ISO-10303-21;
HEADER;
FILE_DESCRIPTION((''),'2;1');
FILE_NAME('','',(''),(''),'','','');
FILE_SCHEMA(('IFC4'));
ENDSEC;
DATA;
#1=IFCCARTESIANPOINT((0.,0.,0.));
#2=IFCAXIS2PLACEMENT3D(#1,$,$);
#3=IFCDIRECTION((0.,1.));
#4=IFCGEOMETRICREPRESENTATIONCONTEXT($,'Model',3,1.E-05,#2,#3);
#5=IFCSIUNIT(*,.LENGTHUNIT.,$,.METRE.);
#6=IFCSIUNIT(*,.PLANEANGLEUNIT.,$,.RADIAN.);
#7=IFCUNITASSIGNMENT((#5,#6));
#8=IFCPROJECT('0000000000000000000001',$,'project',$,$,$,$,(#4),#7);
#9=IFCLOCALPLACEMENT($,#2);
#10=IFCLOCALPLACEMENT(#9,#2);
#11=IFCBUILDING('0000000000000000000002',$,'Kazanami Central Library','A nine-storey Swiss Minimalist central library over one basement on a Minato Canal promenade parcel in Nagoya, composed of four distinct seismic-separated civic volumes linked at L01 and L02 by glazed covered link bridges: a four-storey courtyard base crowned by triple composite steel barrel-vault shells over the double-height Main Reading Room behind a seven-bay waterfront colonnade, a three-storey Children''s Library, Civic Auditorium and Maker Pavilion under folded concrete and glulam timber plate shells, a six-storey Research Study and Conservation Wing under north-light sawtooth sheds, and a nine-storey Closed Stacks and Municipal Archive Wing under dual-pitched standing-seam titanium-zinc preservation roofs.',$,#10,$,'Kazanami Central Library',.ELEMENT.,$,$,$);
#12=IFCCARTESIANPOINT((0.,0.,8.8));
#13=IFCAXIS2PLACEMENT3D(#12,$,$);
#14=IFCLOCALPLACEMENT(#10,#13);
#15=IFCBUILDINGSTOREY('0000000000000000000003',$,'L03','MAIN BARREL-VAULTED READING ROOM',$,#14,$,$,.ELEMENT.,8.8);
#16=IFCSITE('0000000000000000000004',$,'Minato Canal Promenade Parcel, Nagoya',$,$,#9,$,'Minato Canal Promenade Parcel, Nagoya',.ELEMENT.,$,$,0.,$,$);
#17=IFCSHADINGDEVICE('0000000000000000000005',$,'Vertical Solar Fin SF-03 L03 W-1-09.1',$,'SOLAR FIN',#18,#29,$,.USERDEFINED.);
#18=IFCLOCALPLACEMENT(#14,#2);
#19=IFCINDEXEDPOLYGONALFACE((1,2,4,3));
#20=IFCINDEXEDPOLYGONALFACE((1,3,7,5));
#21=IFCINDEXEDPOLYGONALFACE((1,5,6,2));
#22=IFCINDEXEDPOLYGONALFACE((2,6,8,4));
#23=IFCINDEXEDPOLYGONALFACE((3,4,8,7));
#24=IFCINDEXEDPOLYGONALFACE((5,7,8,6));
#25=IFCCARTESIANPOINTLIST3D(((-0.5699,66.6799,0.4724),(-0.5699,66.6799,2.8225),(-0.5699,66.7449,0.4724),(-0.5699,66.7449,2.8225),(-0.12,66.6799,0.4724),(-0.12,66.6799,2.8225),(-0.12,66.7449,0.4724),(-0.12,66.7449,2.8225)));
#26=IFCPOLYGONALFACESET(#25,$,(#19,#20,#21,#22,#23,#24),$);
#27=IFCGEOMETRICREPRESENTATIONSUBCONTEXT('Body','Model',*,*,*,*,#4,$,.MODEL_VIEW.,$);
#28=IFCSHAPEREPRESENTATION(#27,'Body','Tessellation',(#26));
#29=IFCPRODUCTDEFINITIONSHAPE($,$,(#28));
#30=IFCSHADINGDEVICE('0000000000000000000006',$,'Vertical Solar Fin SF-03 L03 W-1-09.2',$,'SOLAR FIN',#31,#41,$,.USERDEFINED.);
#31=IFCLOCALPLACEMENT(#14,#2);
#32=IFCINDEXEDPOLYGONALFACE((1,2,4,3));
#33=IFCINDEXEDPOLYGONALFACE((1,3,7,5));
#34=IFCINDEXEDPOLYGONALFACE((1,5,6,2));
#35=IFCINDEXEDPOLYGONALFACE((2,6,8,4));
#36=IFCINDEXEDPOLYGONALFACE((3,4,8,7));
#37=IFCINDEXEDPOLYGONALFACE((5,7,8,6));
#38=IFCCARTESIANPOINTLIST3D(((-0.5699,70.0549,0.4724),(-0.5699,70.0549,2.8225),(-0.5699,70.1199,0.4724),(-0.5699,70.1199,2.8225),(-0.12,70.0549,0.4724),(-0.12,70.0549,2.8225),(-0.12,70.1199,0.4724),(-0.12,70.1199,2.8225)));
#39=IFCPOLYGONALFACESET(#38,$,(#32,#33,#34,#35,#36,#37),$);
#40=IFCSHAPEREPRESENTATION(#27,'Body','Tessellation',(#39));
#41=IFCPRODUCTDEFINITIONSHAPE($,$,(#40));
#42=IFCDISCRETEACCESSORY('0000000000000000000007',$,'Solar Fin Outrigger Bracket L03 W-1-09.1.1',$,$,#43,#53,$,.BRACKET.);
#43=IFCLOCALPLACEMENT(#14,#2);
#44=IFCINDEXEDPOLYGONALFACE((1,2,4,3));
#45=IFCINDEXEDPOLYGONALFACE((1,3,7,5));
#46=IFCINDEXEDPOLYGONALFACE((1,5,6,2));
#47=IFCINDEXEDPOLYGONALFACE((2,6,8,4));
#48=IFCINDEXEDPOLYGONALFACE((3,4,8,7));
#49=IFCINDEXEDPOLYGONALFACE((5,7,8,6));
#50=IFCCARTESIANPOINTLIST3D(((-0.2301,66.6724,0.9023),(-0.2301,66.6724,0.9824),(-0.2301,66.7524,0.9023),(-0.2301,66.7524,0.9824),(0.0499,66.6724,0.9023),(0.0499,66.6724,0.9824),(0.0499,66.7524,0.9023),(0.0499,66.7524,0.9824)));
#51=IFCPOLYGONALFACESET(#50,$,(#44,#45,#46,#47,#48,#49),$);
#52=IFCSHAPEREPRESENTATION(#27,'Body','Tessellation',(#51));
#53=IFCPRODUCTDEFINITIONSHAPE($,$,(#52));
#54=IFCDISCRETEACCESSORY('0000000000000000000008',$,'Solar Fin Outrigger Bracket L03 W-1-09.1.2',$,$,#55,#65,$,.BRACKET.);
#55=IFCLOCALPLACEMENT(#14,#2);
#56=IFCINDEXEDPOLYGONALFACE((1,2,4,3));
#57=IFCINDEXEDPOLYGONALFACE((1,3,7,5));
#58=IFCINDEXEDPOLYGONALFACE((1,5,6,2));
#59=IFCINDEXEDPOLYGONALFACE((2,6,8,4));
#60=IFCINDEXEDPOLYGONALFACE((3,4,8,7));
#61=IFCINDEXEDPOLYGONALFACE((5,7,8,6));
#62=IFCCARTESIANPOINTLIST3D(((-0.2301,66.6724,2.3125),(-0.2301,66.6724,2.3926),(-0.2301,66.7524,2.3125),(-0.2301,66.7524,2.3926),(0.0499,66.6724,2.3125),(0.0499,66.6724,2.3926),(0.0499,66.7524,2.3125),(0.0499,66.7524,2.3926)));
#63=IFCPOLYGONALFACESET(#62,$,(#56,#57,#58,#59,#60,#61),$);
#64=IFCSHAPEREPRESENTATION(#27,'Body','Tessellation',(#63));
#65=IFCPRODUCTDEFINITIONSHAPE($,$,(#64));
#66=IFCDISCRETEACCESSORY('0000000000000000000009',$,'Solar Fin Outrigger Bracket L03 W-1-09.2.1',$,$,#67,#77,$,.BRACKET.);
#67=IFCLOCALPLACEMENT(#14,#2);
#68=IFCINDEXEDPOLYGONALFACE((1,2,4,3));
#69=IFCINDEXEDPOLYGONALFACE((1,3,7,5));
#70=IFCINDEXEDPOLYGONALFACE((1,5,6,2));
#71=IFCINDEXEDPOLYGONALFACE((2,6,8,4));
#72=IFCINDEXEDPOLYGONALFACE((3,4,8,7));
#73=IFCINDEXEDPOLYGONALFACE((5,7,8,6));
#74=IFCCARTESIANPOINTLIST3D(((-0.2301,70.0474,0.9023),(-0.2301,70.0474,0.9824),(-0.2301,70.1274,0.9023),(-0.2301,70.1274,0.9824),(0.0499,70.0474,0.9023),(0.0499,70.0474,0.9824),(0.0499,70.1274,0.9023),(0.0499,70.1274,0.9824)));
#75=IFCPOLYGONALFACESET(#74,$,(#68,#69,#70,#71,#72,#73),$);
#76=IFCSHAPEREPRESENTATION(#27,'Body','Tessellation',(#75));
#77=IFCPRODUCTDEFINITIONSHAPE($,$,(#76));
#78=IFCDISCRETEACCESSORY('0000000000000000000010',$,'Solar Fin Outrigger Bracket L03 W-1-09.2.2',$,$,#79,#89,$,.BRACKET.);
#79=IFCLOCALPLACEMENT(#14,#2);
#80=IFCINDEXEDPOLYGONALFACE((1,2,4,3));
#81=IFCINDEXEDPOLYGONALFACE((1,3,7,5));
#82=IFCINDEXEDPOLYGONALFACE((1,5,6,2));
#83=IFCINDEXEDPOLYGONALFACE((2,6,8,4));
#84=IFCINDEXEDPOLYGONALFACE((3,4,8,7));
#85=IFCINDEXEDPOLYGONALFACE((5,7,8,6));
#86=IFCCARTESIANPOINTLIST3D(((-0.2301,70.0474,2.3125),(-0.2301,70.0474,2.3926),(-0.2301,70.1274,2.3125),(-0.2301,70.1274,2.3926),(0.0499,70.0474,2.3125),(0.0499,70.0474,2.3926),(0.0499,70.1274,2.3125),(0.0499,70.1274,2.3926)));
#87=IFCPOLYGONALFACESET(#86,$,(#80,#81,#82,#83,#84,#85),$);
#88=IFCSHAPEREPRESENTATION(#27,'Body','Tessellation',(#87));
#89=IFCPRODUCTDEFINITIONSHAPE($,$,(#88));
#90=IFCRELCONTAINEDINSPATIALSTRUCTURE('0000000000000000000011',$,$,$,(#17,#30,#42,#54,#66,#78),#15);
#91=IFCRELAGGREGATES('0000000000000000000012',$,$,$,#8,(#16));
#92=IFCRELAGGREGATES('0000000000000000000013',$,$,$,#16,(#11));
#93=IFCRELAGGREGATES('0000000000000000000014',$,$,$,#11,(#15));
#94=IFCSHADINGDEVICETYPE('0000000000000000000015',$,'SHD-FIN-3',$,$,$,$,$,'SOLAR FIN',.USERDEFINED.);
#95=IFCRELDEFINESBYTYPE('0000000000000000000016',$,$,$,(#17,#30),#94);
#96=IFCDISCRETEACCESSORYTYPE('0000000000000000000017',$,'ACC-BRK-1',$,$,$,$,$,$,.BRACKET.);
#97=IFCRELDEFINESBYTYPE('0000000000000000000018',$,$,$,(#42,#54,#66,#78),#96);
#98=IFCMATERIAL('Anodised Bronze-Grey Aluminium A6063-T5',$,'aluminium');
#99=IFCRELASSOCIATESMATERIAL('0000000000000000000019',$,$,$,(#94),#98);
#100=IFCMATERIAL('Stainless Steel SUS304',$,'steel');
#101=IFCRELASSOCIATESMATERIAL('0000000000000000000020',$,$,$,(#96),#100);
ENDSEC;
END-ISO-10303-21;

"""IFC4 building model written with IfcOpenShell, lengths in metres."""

from ifc_helpers import new_model, si_unit, direction, frame, origin, origin_2d, place, context, subcontext, project, spatial, rectangle, extrude, material, type_object, element, save


model = new_model("IFC4")

# Units and contexts
model_context = context("Model", 3, precision=1e-05, world=origin(), true_north=direction((0.0, 1.0)))
body_context = subcontext(model_context, "Body", "Model", "MODEL_VIEW")
ifc_project = project(units=[si_unit("LENGTHUNIT", "METRE"), si_unit("PLANEANGLEUNIT", "RADIAN")], contexts=[model_context])

# Site, building, storey
site_placement = place(None, origin())
site = spatial("IfcSite", under=ifc_project, at=site_placement, Name="Minato Canal Promenade Parcel, Nagoya", LongName="Minato Canal Promenade Parcel, Nagoya", CompositionType="ELEMENT", RefElevation=0.0)
building_placement = place(site_placement, origin())
building = spatial("IfcBuilding", under=site, at=building_placement, Name="Kazanami Central Library", Description="A nine-storey Swiss Minimalist central library over one basement on a Minato Canal promenade parcel in Nagoya, composed of four distinct seismic-separated civic volumes linked at L01 and L02 by glazed covered link bridges: a four-storey courtyard base crowned by triple composite steel barrel-vault shells over the double-height Main Reading Room behind a seven-bay waterfront colonnade, a three-storey Children's Library, Civic Auditorium and Maker Pavilion under folded concrete and glulam timber plate shells, a six-storey Research Study and Conservation Wing under north-light sawtooth sheds, and a nine-storey Closed Stacks and Municipal Archive Wing under dual-pitched standing-seam titanium-zinc preservation roofs.", LongName="Kazanami Central Library", CompositionType="ELEMENT")
storey_placement = place(building_placement, frame((0.0, 0.0, 8.8)))
storey = spatial("IfcBuildingStorey", under=building, at=storey_placement, Name="L03", Description="MAIN BARREL-VAULTED READING ROOM", CompositionType="ELEMENT", Elevation=8.8)

# Shading devices
ifc_material_1 = material(Name="Anodised Bronze-Grey Aluminium A6063-T5", Category="aluminium")
shading_device_type = type_object("IfcShadingDeviceType", Name="SHD-FIN-3", ElementType="SOLAR FIN", PredefinedType="USERDEFINED", material=ifc_material_1)
for number, where, z_axis, x_axis, name in (
    (1, (-0.345, 66.7124, 0.4724), (0.0, 0.0, 1.0), (0.0, 1.0, 0.0), "Vertical Solar Fin SF-03 L03 W-1-09.1"),
    (2, (-0.345, 70.0874, 0.4724), (0.0, 0.0, 1.0), (0.0, 1.0, 0.0), "Vertical Solar Fin SF-03 L03 W-1-09.2"),
):
    element("IfcShadingDevice", number, at=place(storey_placement, frame(where, z_axis=z_axis, x_axis=x_axis)), inside=storey, type_object=shading_device_type, Name=name, ObjectType="SOLAR FIN", PredefinedType="USERDEFINED", context=body_context, shape_type="SweptSolid", body=[
        extrude(rectangle(XDim=0.0649, YDim=0.45, at=origin_2d()), origin(), (0.0, 0.0, 1.0), 2.3501),
    ])

# Discrete accessories
ifc_material_2 = material(Name="Stainless Steel SUS304", Category="steel")
discrete_accessory_type = type_object("IfcDiscreteAccessoryType", Name="ACC-BRK-1", PredefinedType="BRACKET", material=ifc_material_2)
for number, where, z_axis, x_axis, name in (
    (3, (-0.0901, 66.7124, 0.9023), (0.0, 0.0, 1.0), (0.0, 1.0, 0.0), "Solar Fin Outrigger Bracket L03 W-1-09.1.1"),
    (4, (-0.0901, 66.7124, 2.3125), (0.0, 0.0, 1.0), (0.0, 1.0, 0.0), "Solar Fin Outrigger Bracket L03 W-1-09.1.2"),
    (5, (-0.0901, 70.0874, 0.9023), (0.0, 0.0, 1.0), (0.0, 1.0, 0.0), "Solar Fin Outrigger Bracket L03 W-1-09.2.1"),
    (6, (-0.0901, 70.0874, 2.3125), (0.0, 0.0, 1.0), (0.0, 1.0, 0.0), "Solar Fin Outrigger Bracket L03 W-1-09.2.2"),
):
    element("IfcDiscreteAccessory", number, at=place(storey_placement, frame(where, z_axis=z_axis, x_axis=x_axis)), inside=storey, type_object=discrete_accessory_type, Name=name, PredefinedType="BRACKET", context=body_context, shape_type="SweptSolid", body=[
        extrude(rectangle(XDim=0.0801, YDim=0.28, at=origin_2d()), origin(), (0.0, 0.0, 1.0), 0.0801),
    ])

save(model, "model.ifc")
